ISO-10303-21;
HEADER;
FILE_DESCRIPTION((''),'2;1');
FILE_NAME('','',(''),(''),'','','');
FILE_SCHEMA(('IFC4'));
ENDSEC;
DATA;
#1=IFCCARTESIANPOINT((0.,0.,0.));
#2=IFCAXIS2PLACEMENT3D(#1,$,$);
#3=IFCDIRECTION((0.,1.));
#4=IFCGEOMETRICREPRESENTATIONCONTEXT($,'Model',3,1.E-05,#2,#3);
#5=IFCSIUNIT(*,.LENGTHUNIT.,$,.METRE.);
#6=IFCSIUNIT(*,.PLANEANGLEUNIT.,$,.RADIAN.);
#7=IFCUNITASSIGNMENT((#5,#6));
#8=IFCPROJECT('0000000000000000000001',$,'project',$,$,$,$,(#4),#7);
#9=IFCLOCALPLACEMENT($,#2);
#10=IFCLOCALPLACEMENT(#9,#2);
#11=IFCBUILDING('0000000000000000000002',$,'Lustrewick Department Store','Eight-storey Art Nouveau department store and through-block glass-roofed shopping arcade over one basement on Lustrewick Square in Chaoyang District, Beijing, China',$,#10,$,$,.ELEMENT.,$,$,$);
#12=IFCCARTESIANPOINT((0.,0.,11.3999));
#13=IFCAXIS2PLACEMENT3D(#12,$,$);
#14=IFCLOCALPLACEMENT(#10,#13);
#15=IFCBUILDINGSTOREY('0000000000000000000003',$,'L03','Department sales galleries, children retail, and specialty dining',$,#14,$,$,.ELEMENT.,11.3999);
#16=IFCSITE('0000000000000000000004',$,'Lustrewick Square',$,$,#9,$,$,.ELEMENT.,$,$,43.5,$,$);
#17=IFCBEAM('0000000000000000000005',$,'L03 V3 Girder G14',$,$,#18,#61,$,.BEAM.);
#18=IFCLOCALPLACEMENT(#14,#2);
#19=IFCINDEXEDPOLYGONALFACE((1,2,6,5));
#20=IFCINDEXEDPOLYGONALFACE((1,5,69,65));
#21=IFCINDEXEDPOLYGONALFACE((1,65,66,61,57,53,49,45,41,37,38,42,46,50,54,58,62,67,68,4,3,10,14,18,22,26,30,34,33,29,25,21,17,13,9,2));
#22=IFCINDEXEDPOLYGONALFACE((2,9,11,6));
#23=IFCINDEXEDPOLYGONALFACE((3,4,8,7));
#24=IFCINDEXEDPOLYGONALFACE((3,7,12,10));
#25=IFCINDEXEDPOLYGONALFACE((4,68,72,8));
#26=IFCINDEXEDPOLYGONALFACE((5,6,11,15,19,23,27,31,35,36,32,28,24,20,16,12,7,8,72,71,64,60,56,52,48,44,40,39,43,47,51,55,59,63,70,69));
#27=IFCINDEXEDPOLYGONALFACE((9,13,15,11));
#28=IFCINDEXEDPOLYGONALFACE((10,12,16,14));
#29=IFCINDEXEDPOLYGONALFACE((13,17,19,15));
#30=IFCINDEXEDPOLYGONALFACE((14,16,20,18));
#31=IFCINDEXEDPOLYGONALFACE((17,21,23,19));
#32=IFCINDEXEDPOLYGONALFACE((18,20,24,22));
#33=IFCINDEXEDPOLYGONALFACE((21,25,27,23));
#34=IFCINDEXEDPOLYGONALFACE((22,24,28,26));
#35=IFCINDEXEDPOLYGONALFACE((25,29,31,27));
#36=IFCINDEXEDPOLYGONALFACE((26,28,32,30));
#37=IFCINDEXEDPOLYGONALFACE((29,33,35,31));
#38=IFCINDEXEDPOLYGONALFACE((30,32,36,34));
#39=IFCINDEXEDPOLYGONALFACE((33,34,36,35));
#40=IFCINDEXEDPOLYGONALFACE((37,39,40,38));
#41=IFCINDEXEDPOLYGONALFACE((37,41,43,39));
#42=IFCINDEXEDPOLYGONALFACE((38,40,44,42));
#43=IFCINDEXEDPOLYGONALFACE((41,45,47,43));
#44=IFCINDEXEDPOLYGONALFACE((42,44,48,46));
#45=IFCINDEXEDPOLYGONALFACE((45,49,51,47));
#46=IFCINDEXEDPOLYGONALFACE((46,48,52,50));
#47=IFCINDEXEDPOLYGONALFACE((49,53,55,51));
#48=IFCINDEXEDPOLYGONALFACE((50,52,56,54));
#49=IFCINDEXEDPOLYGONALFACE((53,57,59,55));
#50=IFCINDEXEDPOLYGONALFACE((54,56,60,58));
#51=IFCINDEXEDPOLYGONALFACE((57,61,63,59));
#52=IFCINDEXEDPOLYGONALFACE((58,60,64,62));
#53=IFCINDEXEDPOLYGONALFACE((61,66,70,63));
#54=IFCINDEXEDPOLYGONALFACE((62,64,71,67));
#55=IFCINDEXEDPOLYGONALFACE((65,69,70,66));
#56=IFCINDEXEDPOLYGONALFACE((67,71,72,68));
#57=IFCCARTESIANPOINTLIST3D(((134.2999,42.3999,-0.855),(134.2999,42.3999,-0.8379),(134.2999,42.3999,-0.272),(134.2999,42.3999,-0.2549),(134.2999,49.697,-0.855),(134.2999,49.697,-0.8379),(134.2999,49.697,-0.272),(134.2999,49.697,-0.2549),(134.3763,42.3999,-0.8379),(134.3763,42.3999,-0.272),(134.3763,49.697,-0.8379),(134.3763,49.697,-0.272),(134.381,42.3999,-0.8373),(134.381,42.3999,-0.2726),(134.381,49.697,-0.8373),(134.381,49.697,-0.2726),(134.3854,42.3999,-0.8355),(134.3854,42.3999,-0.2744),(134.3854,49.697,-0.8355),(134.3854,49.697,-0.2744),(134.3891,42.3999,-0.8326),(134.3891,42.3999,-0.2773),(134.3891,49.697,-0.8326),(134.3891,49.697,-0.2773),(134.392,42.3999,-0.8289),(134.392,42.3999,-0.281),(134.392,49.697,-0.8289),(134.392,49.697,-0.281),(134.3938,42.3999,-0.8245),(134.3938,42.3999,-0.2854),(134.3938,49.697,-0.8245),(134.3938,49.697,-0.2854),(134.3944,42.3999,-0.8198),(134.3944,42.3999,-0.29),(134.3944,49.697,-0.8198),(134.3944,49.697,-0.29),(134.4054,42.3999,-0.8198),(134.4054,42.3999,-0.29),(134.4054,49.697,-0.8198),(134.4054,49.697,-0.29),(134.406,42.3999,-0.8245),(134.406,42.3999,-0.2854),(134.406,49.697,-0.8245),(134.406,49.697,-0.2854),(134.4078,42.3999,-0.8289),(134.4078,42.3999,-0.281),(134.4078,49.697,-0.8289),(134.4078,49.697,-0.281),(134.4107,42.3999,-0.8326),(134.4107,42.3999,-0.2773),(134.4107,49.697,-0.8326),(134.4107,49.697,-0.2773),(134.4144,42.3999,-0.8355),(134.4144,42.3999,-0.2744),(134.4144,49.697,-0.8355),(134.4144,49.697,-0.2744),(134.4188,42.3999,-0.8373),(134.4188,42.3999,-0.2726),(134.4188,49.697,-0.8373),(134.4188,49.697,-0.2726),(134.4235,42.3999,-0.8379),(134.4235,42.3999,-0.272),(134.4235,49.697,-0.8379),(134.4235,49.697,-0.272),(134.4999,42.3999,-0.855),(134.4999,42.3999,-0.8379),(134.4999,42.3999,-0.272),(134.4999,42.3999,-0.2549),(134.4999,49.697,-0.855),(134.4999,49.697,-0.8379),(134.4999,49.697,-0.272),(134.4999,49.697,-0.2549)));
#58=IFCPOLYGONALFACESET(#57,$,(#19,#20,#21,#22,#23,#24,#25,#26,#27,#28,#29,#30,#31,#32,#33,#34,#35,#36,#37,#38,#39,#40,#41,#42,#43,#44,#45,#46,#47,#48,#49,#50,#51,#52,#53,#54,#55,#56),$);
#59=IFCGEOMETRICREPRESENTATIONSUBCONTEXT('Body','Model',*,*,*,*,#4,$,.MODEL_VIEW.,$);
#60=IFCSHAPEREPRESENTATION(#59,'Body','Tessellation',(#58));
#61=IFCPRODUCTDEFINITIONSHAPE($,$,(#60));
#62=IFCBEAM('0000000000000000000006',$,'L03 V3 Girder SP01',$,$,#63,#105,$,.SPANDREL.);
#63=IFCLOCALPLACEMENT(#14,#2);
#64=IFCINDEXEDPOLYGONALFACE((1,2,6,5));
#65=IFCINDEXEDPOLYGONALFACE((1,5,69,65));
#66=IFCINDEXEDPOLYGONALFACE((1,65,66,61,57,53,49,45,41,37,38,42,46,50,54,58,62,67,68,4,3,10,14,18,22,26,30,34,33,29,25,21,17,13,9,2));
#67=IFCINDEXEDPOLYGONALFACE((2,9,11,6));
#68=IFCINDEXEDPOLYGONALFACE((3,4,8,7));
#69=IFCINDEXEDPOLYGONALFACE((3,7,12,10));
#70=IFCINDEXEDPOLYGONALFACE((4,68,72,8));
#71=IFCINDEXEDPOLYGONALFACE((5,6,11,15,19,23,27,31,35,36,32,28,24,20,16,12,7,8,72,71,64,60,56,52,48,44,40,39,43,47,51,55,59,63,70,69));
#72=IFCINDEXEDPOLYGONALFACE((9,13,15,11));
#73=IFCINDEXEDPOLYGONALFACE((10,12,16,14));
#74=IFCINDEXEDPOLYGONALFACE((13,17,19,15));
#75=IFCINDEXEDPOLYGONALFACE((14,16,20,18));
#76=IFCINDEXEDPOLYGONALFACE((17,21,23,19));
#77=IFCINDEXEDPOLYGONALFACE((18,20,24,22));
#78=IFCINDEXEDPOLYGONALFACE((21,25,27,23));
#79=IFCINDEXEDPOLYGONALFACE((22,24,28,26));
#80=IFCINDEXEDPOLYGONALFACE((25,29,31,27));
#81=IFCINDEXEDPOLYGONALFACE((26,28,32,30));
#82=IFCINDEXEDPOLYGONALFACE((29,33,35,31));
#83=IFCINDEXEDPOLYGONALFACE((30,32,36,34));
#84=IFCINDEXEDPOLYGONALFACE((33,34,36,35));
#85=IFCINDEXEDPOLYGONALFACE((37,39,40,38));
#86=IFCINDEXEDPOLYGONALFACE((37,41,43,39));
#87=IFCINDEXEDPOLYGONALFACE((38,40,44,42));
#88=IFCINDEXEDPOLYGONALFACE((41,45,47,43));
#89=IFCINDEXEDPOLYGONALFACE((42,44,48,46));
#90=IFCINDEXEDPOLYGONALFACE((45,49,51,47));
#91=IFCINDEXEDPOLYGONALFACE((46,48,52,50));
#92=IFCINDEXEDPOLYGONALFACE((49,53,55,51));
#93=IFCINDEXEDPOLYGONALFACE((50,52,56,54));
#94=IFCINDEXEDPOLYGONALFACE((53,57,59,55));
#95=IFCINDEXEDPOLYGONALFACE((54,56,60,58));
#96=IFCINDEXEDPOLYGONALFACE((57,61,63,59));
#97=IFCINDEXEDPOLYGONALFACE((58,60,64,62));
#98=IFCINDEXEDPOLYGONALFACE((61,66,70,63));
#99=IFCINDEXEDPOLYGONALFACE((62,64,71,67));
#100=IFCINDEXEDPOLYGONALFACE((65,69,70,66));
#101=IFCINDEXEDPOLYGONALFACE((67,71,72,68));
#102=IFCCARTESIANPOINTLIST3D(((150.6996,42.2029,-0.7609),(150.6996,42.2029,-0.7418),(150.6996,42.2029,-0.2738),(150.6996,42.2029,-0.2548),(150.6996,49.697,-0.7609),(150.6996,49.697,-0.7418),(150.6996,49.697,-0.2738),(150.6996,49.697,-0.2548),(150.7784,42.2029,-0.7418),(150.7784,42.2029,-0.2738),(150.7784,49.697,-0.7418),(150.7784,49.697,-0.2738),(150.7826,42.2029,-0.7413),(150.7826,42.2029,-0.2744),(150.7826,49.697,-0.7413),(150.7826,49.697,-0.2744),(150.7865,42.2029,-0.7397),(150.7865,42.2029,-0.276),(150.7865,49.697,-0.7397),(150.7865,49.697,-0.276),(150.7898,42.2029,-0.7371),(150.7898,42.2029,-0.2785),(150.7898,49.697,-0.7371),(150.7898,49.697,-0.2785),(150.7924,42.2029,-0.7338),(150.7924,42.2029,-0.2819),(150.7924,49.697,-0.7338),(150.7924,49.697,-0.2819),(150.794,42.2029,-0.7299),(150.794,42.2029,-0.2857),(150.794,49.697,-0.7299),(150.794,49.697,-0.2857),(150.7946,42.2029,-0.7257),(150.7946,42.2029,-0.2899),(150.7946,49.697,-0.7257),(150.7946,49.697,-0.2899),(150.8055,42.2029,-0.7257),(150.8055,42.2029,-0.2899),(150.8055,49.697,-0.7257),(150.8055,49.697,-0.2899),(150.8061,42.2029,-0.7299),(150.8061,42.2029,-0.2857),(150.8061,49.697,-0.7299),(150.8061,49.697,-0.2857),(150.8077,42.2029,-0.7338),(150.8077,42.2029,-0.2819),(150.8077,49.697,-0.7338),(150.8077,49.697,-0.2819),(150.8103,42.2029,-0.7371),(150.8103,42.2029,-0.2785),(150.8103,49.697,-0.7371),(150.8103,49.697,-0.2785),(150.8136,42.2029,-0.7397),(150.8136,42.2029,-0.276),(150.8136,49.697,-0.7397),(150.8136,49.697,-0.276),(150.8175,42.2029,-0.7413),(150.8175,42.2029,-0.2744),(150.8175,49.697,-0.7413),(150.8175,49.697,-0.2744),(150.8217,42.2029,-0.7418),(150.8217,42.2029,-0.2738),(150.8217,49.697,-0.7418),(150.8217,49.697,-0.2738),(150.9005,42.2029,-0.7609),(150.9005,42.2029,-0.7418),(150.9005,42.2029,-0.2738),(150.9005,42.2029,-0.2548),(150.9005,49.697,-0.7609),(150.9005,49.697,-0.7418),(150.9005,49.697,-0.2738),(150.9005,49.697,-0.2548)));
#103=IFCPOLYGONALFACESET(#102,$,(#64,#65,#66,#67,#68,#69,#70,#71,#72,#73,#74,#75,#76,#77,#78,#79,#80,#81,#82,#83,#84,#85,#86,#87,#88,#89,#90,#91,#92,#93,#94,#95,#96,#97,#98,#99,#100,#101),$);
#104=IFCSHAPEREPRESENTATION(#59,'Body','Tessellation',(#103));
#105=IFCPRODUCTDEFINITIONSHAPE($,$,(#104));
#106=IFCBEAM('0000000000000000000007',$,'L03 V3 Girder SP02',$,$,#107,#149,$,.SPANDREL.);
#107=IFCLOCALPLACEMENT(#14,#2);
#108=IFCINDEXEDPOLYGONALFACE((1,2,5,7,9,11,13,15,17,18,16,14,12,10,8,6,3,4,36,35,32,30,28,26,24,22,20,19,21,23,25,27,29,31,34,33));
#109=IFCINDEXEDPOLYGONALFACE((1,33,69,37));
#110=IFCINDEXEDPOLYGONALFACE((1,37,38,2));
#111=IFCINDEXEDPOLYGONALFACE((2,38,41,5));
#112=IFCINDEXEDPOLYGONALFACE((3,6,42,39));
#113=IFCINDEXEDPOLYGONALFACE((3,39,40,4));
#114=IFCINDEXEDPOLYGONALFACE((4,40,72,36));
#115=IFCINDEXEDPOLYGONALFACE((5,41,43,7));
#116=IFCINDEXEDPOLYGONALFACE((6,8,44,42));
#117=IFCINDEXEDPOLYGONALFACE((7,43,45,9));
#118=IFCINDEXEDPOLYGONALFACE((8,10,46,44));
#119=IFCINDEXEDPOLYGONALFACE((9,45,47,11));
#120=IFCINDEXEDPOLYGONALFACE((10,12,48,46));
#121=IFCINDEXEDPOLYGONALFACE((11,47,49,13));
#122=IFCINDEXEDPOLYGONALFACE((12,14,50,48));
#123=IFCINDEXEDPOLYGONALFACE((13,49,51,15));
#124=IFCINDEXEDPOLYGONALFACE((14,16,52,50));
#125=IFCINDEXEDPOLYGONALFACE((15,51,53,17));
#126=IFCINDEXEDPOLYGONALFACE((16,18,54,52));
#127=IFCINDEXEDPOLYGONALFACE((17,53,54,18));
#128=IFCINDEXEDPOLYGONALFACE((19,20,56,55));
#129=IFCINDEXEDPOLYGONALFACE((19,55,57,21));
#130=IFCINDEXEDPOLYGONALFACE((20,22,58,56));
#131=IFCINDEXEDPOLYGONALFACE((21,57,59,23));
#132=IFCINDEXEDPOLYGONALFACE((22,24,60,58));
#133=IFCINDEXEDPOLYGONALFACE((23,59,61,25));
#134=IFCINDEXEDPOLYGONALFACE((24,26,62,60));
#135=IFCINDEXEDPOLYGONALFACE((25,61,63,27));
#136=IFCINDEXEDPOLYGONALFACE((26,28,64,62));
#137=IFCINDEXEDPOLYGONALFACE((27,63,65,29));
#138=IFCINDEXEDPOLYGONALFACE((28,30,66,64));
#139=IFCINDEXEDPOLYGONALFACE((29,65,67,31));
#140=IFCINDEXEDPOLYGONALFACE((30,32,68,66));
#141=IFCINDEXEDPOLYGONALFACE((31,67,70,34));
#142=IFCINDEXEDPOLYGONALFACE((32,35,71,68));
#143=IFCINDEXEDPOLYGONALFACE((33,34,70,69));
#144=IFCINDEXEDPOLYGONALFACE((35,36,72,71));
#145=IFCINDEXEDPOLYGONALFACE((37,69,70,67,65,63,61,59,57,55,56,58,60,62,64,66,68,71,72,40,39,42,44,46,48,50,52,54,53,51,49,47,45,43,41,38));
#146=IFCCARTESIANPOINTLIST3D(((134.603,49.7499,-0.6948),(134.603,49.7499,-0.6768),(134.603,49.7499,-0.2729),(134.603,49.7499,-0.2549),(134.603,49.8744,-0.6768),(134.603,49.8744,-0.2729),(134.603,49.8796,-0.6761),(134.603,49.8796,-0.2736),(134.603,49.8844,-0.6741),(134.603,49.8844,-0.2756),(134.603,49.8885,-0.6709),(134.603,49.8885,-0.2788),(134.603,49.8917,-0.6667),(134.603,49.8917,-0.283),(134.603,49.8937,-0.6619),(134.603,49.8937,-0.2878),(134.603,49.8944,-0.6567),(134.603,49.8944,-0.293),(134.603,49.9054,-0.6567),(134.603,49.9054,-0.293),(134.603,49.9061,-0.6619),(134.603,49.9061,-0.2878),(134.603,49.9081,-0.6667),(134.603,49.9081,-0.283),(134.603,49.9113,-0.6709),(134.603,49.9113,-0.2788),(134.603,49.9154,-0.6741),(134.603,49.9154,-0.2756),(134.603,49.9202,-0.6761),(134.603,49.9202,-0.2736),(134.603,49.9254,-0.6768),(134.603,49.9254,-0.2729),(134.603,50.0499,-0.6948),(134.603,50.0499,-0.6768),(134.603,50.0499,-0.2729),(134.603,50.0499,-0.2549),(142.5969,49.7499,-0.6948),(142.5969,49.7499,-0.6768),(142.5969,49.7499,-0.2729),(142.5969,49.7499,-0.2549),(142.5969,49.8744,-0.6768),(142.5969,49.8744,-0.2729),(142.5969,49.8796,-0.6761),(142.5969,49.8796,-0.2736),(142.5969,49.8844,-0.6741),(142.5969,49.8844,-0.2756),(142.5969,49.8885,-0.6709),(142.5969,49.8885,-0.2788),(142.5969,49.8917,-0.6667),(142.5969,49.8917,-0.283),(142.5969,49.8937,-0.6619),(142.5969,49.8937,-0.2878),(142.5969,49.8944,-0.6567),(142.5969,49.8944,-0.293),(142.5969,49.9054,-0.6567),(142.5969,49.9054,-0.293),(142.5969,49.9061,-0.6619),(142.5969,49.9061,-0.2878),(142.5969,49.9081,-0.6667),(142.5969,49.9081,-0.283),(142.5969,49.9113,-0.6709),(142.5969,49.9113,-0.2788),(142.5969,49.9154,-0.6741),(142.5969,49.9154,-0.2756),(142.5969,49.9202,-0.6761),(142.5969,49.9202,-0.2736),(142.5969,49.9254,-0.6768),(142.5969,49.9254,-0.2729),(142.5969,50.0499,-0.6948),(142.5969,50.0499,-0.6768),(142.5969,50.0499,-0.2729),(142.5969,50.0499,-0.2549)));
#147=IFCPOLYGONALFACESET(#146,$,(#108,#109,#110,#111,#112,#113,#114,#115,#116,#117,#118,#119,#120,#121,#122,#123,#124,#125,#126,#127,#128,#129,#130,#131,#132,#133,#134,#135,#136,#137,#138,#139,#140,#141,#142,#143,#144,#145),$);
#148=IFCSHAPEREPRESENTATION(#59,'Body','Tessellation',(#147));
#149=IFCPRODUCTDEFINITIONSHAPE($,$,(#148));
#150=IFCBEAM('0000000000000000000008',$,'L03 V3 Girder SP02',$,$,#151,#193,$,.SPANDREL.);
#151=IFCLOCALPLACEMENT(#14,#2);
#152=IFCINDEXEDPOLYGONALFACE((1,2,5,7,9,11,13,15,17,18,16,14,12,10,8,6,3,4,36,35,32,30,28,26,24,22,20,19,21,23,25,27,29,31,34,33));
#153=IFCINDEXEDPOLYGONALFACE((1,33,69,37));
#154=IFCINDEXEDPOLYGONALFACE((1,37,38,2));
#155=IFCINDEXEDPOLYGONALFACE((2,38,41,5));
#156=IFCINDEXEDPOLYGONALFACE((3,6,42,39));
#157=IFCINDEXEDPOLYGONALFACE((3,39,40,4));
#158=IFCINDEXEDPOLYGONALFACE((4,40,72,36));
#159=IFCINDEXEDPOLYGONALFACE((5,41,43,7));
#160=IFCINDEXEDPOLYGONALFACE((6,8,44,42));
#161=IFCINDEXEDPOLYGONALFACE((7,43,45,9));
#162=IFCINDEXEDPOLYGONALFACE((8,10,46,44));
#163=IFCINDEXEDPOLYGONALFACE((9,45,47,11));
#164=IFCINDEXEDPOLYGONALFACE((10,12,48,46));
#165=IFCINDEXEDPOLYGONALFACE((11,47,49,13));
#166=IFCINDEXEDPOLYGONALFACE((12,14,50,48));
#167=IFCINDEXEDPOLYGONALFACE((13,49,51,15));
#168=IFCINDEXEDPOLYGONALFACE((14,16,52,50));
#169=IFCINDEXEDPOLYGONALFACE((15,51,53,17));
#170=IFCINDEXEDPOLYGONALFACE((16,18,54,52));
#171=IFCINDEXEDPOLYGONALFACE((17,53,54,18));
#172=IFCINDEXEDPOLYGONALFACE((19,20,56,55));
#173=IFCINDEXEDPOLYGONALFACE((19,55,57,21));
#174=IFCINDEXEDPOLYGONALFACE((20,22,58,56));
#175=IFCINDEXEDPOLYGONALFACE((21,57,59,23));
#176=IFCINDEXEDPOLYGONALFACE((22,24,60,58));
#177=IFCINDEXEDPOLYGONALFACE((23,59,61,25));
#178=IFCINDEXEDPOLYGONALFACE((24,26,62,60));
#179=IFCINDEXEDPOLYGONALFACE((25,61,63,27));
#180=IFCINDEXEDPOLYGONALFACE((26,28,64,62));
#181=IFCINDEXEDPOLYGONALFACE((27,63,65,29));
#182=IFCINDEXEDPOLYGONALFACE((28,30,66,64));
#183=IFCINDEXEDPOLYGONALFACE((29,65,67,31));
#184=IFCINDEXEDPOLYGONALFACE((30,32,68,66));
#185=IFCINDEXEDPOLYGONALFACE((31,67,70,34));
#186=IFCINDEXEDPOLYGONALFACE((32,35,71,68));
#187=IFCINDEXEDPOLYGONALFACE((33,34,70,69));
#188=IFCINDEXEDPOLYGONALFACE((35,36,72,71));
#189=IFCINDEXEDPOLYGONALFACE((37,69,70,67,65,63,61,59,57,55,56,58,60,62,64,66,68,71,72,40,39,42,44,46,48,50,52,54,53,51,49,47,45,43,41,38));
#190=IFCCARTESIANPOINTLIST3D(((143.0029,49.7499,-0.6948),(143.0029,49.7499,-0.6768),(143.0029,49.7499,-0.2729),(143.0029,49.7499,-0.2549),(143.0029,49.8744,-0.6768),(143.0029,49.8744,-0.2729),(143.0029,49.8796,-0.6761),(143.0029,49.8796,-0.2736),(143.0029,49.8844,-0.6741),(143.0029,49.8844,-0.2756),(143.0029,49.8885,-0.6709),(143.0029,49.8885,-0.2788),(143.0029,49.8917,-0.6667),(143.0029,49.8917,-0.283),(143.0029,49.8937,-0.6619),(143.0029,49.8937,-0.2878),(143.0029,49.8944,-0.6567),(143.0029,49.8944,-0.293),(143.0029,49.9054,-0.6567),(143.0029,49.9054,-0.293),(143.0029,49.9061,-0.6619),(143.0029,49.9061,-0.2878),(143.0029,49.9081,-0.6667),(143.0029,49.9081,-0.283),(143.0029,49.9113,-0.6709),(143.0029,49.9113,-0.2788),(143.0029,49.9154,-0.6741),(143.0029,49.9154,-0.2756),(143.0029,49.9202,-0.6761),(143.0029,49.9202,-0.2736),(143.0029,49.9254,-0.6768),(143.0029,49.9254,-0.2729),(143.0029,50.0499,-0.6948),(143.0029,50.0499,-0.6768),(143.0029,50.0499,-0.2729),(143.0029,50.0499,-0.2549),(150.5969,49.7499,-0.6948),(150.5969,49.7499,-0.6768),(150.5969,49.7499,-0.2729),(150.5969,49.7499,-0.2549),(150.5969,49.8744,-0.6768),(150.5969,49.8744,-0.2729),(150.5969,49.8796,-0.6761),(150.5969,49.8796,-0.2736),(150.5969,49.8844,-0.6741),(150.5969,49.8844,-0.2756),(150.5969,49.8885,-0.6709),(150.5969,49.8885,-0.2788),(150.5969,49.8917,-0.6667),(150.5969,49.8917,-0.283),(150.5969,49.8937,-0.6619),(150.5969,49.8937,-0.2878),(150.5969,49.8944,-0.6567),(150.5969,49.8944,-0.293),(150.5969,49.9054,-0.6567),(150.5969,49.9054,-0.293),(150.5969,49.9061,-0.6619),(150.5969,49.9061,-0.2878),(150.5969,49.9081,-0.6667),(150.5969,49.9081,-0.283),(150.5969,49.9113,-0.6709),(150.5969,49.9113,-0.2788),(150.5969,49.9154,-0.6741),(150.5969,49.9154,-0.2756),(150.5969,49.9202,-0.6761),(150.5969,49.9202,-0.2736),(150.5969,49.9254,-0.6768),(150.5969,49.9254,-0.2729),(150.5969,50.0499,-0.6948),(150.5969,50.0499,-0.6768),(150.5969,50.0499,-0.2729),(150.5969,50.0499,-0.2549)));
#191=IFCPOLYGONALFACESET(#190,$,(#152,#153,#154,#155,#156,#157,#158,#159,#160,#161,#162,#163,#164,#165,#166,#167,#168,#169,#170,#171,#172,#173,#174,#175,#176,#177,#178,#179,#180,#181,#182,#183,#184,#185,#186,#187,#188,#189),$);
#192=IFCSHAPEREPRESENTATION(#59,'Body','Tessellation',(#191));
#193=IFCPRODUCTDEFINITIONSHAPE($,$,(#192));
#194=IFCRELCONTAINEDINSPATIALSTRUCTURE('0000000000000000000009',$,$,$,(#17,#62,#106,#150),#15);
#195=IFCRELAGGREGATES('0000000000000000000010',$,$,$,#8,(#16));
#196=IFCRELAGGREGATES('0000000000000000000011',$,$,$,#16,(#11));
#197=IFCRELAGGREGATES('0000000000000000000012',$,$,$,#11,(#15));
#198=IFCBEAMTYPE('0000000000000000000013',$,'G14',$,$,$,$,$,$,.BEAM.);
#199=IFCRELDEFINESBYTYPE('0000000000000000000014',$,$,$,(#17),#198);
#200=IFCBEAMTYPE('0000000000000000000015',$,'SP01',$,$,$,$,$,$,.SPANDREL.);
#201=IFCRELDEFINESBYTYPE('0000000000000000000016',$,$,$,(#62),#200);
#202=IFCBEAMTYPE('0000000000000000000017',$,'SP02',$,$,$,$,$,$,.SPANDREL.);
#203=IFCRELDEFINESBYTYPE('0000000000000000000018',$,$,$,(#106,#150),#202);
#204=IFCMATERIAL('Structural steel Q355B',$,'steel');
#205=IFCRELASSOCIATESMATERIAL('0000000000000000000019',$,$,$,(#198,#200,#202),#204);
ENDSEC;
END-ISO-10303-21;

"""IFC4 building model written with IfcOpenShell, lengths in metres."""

from ifc_helpers import new_model, si_unit, direction, frame, origin, origin_2d, place, context, subcontext, project, spatial, i_section, extrude, material, material_profile, profile_set, type_object, element, save


model = new_model("IFC4")

# Units and contexts
model_context = context("Model", 3, precision=1e-05, world=origin(), true_north=direction((0.0, 1.0)))
body_context = subcontext(model_context, "Body", "Model", "MODEL_VIEW")
ifc_project = project(units=[si_unit("LENGTHUNIT", "METRE"), si_unit("PLANEANGLEUNIT", "RADIAN")], contexts=[model_context])

# Site, building, storey
site_placement = place(None, origin())
site = spatial("IfcSite", under=ifc_project, at=site_placement, Name="Lustrewick Square", CompositionType="ELEMENT", RefElevation=43.5)
building_placement = place(site_placement, origin())
building = spatial("IfcBuilding", under=site, at=building_placement, Name="Lustrewick Department Store", Description="Eight-storey Art Nouveau department store and through-block glass-roofed shopping arcade over one basement on Lustrewick Square in Chaoyang District, Beijing, China", CompositionType="ELEMENT")
storey_placement = place(building_placement, frame((0.0, 0.0, 11.3999)))
storey = spatial("IfcBuildingStorey", under=building, at=storey_placement, Name="L03", Description="Department sales galleries, children retail, and specialty dining", CompositionType="ELEMENT", Elevation=11.3999)

# Shared definitions
ifc_material_1 = material(Name="Structural steel Q355B", Category="steel")

# Beams
ifc_material_profile_1 = material_profile(ifc_material_1, i_section(OverallWidth=0.2, OverallDepth=0.6001, WebThickness=0.011, FlangeThickness=0.0171, FilletRadius=0.0181, at=origin_2d()), Name="HN 600x200x11x17")
ifc_profile_set_1 = profile_set([ifc_material_profile_1], Name="Structural steel Q355B")
beam_type_1 = type_object("IfcBeamType", Name="G14", PredefinedType="BEAM", material=ifc_profile_set_1)
beam_1_placement = place(storey_placement, frame((134.3999, 42.3999, -0.5549), z_axis=(0.0, 1.0, 0.0), x_axis=(-1.0, 0.0, 0.0)))
element("IfcBeam", 1, at=beam_1_placement, inside=storey, type_object=beam_type_1, Name="L03 V3 Girder G14", PredefinedType="BEAM", context=body_context, shape_type="SweptSolid", body=[
    extrude(i_section(OverallWidth=0.2, OverallDepth=0.6001, WebThickness=0.011, FlangeThickness=0.0171, FilletRadius=0.0181, at=origin_2d()), origin(), (0.0, 0.0, 1.0), 7.2971),
])
ifc_material_profile_2 = material_profile(ifc_material_1, i_section(OverallWidth=0.2009, OverallDepth=0.5061, WebThickness=0.011, FlangeThickness=0.019, FilletRadius=0.0161, at=origin_2d()), Name="HN 506x201x11x19")
ifc_profile_set_2 = profile_set([ifc_material_profile_2], Name="Structural steel Q355B")
beam_type_2 = type_object("IfcBeamType", Name="SP01", PredefinedType="SPANDREL", material=ifc_profile_set_2)
beam_2_placement = place(storey_placement, frame((150.8, 42.2029, -0.5078), z_axis=(0.0, 1.0, 0.0), x_axis=(-1.0, 0.0, 0.0)))
element("IfcBeam", 2, at=beam_2_placement, inside=storey, type_object=beam_type_2, Name="L03 V3 Girder SP01", PredefinedType="SPANDREL", context=body_context, shape_type="SweptSolid", body=[
    extrude(i_section(OverallWidth=0.2009, OverallDepth=0.5061, WebThickness=0.011, FlangeThickness=0.019, FilletRadius=0.0161, at=origin_2d()), origin(), (0.0, 0.0, 1.0), 7.4941),
])
ifc_material_profile_3 = material_profile(ifc_material_1, i_section(OverallWidth=0.3, OverallDepth=0.4399, WebThickness=0.011, FlangeThickness=0.0181, FilletRadius=0.02, at=origin_2d()), Name="HM 440x300x11x18")
ifc_profile_set_3 = profile_set([ifc_material_profile_3], Name="Structural steel Q355B")
beam_type_3 = type_object("IfcBeamType", Name="SP02", PredefinedType="SPANDREL", material=ifc_profile_set_3)
beam_3_placement = place(storey_placement, frame((134.603, 49.8999, -0.4749), z_axis=(1.0, 0.0, 0.0), x_axis=(0.0, 1.0, 0.0)))
element("IfcBeam", 3, at=beam_3_placement, inside=storey, type_object=beam_type_3, Name="L03 V3 Girder SP02", PredefinedType="SPANDREL", context=body_context, shape_type="SweptSolid", body=[
    extrude(i_section(OverallWidth=0.3, OverallDepth=0.4399, WebThickness=0.011, FlangeThickness=0.0181, FilletRadius=0.02, at=origin_2d()), origin(), (0.0, 0.0, 1.0), 7.9939),
])
beam_4_placement = place(storey_placement, frame((143.0029, 49.8999, -0.4749), z_axis=(1.0, 0.0, 0.0), x_axis=(0.0, 1.0, 0.0)))
element("IfcBeam", 4, at=beam_4_placement, inside=storey, type_object=beam_type_3, Name="L03 V3 Girder SP02", PredefinedType="SPANDREL", context=body_context, shape_type="SweptSolid", body=[
    extrude(i_section(OverallWidth=0.3, OverallDepth=0.4399, WebThickness=0.011, FlangeThickness=0.0181, FilletRadius=0.02, at=origin_2d()), origin(), (0.0, 0.0, 1.0), 7.594),
])

save(model, "model.ifc")
